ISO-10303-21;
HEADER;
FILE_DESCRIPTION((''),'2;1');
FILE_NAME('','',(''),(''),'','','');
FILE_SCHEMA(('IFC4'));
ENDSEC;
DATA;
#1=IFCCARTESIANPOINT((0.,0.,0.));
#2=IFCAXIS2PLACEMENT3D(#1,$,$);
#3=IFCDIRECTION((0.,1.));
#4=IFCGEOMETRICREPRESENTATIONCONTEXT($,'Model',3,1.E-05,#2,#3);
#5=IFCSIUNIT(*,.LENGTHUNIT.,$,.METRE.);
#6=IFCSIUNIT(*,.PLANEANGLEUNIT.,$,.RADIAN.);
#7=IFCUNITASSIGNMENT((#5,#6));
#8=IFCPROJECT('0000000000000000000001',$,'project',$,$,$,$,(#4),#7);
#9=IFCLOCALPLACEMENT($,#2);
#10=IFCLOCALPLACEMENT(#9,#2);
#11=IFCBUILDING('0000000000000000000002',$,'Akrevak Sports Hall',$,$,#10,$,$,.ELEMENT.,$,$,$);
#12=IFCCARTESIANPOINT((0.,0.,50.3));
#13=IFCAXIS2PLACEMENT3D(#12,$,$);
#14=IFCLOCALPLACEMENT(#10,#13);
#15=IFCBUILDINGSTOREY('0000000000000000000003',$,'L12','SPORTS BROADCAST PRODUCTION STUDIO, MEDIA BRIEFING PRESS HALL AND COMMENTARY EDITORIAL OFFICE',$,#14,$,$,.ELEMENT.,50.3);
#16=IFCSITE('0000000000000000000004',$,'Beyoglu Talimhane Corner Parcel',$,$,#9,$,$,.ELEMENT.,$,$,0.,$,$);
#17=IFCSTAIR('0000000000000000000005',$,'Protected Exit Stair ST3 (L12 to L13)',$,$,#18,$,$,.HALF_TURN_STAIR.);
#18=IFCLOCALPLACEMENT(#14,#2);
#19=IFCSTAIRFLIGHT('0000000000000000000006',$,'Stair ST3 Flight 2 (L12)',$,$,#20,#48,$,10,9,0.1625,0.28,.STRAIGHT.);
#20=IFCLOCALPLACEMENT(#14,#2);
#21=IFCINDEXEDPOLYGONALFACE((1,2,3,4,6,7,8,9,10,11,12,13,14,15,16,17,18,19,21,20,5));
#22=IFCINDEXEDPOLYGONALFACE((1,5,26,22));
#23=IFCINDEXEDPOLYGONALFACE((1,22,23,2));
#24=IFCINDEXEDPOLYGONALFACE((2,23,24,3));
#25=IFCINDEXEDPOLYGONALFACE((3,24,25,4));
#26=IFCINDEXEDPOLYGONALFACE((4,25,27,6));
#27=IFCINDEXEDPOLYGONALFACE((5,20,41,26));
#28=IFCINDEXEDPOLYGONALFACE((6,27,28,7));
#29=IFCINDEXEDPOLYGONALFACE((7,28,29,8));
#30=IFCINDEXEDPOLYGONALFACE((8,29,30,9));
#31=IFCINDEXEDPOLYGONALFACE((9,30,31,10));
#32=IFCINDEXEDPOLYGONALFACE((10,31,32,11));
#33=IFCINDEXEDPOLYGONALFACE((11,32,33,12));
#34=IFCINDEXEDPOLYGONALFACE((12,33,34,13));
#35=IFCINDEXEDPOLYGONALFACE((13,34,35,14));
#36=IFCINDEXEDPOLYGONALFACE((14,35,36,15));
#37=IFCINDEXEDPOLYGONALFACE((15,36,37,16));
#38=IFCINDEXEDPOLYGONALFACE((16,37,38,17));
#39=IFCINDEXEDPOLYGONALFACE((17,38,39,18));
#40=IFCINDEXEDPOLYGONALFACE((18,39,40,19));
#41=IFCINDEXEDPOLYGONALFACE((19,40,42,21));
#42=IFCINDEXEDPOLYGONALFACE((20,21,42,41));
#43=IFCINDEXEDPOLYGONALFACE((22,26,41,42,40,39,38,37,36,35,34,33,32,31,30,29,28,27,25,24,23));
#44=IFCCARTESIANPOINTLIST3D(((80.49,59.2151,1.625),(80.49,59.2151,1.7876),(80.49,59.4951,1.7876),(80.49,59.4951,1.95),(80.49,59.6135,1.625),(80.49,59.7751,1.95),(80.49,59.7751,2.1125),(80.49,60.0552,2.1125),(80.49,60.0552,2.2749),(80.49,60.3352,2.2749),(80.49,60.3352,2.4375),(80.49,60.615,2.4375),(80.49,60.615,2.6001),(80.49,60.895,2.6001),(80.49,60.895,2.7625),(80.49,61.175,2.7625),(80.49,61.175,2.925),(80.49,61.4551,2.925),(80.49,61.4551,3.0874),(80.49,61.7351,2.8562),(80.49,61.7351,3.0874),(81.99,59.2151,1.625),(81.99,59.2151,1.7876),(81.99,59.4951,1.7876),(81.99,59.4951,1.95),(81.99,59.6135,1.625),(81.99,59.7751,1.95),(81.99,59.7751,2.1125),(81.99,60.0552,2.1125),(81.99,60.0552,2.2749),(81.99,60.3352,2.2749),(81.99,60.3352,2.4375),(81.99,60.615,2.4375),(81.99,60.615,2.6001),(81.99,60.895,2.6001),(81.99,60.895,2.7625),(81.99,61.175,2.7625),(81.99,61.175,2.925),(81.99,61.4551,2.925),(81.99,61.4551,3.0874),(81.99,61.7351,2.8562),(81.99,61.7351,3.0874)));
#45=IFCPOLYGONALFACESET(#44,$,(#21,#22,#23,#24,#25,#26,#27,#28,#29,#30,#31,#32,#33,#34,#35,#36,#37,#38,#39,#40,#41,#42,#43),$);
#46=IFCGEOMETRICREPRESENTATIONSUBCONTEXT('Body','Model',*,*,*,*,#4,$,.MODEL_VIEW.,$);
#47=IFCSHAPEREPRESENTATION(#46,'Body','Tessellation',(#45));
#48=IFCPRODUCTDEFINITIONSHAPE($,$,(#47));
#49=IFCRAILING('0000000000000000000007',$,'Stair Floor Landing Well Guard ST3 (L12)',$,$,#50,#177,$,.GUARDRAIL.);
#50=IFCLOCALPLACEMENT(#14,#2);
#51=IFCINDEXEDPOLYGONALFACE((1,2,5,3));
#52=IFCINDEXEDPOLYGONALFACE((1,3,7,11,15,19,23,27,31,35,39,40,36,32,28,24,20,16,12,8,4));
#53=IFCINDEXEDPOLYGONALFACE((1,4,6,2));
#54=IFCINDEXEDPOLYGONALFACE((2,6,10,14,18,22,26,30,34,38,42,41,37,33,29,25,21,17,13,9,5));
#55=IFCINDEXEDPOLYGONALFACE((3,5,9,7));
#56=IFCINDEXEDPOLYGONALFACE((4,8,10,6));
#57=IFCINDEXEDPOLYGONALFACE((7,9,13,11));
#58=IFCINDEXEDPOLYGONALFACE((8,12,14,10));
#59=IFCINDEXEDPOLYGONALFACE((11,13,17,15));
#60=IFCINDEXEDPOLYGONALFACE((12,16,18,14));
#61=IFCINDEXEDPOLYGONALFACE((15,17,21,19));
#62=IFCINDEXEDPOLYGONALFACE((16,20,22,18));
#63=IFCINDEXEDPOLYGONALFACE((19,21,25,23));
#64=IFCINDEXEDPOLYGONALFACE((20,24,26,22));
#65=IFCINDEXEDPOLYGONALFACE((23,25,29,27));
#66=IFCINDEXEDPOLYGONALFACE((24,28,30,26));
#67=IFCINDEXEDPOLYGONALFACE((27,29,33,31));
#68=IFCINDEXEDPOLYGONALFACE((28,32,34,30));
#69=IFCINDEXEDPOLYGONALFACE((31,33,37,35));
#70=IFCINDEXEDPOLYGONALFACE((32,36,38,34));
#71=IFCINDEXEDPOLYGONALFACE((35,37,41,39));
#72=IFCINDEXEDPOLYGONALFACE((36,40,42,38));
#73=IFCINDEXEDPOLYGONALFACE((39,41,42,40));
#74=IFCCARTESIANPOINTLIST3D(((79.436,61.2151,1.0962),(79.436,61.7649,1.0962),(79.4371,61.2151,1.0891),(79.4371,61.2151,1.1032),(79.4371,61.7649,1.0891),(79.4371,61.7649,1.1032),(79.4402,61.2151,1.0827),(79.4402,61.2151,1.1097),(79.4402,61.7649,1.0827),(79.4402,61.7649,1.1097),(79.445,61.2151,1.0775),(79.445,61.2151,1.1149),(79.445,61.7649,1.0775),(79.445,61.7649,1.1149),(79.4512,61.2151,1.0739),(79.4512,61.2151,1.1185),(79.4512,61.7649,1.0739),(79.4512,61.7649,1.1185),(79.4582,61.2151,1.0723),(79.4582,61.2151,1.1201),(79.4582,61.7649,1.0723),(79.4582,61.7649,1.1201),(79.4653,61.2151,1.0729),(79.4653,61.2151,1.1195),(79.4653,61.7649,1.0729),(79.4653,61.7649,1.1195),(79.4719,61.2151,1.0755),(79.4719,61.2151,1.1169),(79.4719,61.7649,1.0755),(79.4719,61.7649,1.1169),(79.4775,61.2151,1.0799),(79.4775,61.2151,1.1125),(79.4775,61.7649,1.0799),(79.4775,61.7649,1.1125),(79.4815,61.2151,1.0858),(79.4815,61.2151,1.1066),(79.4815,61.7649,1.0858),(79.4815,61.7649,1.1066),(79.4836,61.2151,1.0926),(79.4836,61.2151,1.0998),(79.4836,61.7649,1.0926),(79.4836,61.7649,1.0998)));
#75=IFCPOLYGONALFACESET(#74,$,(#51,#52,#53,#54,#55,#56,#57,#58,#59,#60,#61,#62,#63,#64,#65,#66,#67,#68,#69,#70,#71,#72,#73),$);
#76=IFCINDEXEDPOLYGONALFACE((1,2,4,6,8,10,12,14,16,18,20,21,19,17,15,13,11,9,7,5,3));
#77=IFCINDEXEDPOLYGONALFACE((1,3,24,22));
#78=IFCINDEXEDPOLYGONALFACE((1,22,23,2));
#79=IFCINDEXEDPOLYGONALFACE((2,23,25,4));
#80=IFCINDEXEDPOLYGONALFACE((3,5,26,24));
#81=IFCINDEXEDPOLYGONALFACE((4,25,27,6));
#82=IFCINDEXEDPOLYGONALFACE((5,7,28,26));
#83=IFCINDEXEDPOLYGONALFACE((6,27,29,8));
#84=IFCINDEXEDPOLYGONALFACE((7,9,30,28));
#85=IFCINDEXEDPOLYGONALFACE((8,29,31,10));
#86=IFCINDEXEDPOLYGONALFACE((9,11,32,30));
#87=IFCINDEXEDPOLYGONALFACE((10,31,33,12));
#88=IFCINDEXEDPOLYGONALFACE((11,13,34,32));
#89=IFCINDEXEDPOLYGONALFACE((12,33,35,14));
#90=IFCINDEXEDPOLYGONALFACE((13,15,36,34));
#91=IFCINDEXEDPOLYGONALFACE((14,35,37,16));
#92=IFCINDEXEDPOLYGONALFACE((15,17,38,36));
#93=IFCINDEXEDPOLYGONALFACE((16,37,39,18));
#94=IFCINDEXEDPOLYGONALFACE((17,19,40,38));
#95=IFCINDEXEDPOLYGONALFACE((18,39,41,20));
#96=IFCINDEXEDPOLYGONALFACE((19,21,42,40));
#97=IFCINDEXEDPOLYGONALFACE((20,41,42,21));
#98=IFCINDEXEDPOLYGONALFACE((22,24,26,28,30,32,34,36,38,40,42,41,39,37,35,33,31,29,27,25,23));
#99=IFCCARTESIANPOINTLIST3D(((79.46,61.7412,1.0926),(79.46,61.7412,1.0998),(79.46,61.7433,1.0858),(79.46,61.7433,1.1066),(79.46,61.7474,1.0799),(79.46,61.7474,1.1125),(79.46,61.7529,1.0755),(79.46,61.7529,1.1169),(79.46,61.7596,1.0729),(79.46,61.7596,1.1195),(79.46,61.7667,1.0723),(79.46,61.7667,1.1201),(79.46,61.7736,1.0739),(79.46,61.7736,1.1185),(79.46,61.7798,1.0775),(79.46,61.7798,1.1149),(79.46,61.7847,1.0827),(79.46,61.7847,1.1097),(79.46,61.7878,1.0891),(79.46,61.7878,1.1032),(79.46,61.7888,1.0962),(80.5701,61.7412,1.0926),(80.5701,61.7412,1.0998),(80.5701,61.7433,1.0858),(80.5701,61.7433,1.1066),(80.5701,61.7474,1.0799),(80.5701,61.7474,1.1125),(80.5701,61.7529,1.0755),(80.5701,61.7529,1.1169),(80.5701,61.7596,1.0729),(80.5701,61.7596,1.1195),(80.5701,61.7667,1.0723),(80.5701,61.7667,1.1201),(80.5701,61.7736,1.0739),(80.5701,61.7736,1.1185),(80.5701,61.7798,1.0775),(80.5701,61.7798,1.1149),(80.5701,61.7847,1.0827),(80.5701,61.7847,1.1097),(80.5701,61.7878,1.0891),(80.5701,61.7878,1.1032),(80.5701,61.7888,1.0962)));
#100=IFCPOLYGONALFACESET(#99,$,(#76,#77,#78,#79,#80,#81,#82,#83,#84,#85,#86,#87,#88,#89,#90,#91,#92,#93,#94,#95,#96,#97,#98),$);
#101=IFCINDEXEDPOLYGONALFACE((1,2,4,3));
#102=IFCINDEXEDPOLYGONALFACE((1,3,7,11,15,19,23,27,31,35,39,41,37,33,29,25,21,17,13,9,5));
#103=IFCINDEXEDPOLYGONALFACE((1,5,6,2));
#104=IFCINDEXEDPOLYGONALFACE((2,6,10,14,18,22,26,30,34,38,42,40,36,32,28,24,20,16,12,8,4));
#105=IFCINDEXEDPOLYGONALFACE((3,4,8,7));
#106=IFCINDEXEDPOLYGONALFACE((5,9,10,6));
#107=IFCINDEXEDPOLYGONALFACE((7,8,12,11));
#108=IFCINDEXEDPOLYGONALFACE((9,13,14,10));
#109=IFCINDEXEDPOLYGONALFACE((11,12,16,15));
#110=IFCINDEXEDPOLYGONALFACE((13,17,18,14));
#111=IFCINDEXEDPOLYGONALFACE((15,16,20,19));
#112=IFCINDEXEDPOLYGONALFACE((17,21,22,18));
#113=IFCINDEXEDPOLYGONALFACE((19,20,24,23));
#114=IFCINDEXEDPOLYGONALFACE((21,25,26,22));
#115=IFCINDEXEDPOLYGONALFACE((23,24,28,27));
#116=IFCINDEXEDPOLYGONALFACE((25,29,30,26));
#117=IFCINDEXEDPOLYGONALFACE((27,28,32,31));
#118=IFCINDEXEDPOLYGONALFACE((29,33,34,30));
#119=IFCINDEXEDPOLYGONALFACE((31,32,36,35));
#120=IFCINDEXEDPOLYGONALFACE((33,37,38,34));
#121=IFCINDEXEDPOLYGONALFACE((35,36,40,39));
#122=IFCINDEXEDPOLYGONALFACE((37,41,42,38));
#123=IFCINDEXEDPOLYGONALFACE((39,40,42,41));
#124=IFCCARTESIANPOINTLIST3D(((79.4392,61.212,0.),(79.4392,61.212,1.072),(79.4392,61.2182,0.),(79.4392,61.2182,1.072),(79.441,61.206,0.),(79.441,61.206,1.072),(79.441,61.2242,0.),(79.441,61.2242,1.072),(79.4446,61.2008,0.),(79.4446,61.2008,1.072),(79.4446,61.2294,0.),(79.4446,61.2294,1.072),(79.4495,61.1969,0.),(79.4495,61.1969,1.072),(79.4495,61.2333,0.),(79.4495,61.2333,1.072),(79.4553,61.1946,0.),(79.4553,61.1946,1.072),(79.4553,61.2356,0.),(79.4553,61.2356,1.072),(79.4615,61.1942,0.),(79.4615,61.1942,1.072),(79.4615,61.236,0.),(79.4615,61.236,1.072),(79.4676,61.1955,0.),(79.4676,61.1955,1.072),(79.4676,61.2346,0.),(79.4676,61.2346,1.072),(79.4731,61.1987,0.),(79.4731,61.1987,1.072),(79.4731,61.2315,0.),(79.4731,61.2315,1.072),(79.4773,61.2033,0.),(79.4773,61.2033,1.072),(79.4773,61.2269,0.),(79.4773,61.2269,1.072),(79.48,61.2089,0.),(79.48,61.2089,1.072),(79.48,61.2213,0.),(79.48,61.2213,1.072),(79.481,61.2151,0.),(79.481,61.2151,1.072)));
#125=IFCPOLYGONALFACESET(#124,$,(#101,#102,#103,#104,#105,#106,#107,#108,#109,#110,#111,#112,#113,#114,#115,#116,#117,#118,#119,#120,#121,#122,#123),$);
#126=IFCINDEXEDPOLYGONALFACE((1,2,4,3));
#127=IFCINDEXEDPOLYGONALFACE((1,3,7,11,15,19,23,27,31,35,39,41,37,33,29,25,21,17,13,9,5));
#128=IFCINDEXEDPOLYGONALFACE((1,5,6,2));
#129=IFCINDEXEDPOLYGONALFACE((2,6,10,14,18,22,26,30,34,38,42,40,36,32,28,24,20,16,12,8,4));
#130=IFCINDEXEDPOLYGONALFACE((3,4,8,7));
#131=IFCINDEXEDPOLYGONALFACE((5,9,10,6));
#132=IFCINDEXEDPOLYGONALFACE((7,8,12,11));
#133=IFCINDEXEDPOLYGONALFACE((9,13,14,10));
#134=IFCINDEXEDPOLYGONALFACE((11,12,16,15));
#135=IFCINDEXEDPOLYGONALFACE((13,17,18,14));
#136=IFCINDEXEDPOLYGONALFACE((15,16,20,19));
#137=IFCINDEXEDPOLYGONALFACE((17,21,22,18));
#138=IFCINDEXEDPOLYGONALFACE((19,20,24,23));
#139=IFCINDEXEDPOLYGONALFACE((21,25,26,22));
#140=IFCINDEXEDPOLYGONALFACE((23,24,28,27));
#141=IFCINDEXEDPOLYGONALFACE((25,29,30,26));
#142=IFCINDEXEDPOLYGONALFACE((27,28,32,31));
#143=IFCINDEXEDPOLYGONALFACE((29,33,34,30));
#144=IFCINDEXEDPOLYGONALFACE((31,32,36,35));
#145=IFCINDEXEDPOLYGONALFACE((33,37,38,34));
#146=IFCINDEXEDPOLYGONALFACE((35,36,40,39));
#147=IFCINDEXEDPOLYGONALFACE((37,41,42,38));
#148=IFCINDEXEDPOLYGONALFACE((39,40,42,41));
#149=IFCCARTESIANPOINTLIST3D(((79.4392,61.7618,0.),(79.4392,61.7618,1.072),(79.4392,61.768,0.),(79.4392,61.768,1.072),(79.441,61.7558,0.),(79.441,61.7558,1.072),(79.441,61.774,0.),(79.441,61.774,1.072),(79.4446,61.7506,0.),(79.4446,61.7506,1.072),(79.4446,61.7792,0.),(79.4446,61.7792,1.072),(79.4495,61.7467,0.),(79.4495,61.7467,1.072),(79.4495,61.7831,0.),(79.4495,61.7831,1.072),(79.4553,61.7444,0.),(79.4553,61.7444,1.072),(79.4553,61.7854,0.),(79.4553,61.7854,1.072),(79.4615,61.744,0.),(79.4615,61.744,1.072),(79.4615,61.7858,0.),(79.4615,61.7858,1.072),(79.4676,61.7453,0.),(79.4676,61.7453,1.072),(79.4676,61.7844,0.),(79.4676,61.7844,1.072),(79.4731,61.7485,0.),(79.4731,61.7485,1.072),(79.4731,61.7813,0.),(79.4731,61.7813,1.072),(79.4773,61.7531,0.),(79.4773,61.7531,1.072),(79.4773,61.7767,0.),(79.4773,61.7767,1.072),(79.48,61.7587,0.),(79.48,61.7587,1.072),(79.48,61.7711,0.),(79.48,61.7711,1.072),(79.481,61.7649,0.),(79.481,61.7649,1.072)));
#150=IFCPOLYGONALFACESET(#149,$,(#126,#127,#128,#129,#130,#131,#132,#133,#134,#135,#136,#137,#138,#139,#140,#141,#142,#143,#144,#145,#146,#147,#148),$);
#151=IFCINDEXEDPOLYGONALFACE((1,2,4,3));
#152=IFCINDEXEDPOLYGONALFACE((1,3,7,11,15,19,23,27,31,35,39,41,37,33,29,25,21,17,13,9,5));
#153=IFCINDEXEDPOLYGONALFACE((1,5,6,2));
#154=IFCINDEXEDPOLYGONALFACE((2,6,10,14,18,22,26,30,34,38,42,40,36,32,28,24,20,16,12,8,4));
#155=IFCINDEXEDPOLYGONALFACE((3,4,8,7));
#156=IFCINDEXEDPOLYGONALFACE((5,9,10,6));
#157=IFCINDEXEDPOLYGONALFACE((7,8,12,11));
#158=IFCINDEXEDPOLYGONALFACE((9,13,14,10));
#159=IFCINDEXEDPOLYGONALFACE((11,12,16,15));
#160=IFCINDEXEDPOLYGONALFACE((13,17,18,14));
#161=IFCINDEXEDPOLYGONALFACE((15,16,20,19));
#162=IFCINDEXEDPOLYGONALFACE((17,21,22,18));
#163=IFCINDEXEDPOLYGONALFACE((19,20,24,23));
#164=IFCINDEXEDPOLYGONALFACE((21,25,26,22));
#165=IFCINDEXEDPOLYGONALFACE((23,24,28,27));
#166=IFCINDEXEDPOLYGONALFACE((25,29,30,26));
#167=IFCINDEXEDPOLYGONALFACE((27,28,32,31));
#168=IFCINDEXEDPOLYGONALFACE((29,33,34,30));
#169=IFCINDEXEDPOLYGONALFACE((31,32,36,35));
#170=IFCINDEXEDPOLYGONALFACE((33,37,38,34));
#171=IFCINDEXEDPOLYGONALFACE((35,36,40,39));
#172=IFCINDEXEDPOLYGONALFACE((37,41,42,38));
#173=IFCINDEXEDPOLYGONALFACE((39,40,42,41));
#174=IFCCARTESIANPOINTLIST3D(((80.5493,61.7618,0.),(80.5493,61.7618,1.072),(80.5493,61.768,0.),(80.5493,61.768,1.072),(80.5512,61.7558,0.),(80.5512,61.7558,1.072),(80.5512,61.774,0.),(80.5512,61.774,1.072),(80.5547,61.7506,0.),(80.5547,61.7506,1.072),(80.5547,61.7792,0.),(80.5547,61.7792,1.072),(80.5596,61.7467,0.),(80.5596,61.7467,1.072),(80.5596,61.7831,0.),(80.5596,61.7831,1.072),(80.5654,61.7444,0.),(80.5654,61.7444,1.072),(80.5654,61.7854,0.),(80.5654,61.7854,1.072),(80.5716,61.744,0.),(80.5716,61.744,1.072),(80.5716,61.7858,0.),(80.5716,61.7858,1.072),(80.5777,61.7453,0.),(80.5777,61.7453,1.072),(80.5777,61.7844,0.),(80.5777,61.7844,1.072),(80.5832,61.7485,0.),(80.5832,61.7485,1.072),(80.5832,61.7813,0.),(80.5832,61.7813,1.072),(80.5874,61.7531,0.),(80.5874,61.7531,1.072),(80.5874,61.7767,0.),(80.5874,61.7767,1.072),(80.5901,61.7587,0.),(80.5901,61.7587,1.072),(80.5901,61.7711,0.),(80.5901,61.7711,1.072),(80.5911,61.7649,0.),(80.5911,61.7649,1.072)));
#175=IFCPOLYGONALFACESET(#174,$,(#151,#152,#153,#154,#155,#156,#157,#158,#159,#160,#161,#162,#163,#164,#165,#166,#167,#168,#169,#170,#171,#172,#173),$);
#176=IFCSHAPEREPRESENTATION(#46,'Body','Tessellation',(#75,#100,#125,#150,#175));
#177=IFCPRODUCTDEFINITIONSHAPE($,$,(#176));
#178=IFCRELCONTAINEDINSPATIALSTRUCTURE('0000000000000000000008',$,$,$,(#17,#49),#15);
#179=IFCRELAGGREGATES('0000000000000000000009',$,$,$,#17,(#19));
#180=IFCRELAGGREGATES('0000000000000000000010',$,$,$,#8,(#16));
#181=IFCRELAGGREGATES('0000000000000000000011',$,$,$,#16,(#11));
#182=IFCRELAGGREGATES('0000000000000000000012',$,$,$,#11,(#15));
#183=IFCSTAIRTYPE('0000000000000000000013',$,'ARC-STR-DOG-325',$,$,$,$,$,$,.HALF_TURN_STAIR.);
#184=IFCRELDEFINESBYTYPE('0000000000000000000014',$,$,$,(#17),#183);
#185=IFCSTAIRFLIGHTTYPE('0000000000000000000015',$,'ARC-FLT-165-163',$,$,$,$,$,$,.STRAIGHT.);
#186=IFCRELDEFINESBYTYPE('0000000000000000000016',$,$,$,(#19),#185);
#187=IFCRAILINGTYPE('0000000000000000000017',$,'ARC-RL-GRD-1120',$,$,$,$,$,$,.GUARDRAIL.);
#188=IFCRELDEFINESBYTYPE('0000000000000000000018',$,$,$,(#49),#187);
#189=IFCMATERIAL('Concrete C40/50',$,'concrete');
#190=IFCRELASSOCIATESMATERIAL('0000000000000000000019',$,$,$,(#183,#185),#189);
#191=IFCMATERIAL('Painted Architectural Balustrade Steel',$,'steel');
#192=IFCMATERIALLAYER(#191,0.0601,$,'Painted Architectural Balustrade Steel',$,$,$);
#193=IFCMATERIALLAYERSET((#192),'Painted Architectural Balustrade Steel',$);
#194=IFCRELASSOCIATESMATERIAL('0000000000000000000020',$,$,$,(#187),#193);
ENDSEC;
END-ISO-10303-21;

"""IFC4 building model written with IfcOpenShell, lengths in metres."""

from ifc_helpers import new_model, si_unit, direction, frame, origin, origin_2d, place, context, subcontext, project, spatial, polyline, circle, outline, extrude, material, layer, layer_set, type_object, element, aggregate, save


model = new_model("IFC4")

# Units and contexts
model_context = context("Model", 3, precision=1e-05, world=origin(), true_north=direction((0.0, 1.0)))
body_context = subcontext(model_context, "Body", "Model", "MODEL_VIEW")
ifc_project = project(units=[si_unit("LENGTHUNIT", "METRE"), si_unit("PLANEANGLEUNIT", "RADIAN")], contexts=[model_context])

# Site, building, storey
site_placement = place(None, origin())
site = spatial("IfcSite", under=ifc_project, at=site_placement, Name="Beyoglu Talimhane Corner Parcel", CompositionType="ELEMENT", RefElevation=0.0)
building_placement = place(site_placement, origin())
building = spatial("IfcBuilding", under=site, at=building_placement, Name="Akrevak Sports Hall", CompositionType="ELEMENT")
storey_placement = place(building_placement, frame((0.0, 0.0, 50.3)))
storey = spatial("IfcBuildingStorey", under=building, at=storey_placement, Name="L12", Description="SPORTS BROADCAST PRODUCTION STUDIO, MEDIA BRIEFING PRESS HALL AND COMMENTARY EDITORIAL OFFICE", CompositionType="ELEMENT", Elevation=50.3)

# Shared definitions
ifc_material_1 = material(Name="Concrete C40/50", Category="concrete")

# Stair, stair flight
stair_type = type_object("IfcStairType", Name="ARC-STR-DOG-325", PredefinedType="HALF_TURN_STAIR", material=ifc_material_1)
stair_placement = place(storey_placement, origin())
stair = element("IfcStair", 1, at=stair_placement, inside=storey, type_object=stair_type, Name="Protected Exit Stair ST3 (L12 to L13)", PredefinedType="HALF_TURN_STAIR")
stair_flight_type = type_object("IfcStairFlightType", Name="ARC-FLT-165-163", PredefinedType="STRAIGHT", material=ifc_material_1)
stair_flight_1_placement = place(storey_placement, frame((81.24, 59.2151, 1.625), z_axis=(0.0, 0.0, 1.0), x_axis=(0.0, 1.0, 0.0)))
stair_flight_1 = element("IfcStairFlight", 2, at=stair_flight_1_placement, type_object=stair_flight_type, Name="Stair ST3 Flight 2 (L12)", NumberOfRisers=10, NumberOfTreads=9, PredefinedType="STRAIGHT", RiserHeight=0.1625, TreadLength=0.28, context=body_context, shape_type="SweptSolid", body=[
    extrude(outline(polyline([(0.0, 0.0), (0.0, 0.1626), (0.28, 0.1626), (0.28, 0.325), (0.5601, 0.325), (0.5601, 0.4875), (0.8401, 0.4875), (0.8401, 0.6499), (1.1201, 0.6499), (1.1201, 0.8125), (1.3999, 0.8125), (1.3999, 0.9751), (1.6799, 0.9751), (1.6799, 1.1375), (1.96, 1.1375), (1.96, 1.3), (2.24, 1.3), (2.24, 1.4624), (2.52, 1.4624), (2.52, 1.625), (2.52, 1.2312), (0.3984, 0.0), (0.0, 0.0)])), frame((0.0, 0.75, 0.0), z_axis=(0.0, -1.0, 0.0), x_axis=(1.0, 0.0, 0.0)), (0.0, 0.0, 1.0), 1.5),
])
aggregate(stair, [stair_flight_1])

# Railing
ifc_material_2 = material(Name="Painted Architectural Balustrade Steel", Category="steel")
ifc_layer_1 = layer(ifc_material_2, 0.0601, Name="Painted Architectural Balustrade Steel")
ifc_layer_set_1 = layer_set([ifc_layer_1], Name="Painted Architectural Balustrade Steel")
railing_type_1 = type_object("IfcRailingType", Name="ARC-RL-GRD-1120", PredefinedType="GUARDRAIL", material=ifc_layer_set_1)
railing_1_placement = place(storey_placement, frame((79.46, 61.2151, 0.0)))
element("IfcRailing", 3, at=railing_1_placement, inside=storey, type_object=railing_type_1, Name="Stair Floor Landing Well Guard ST3 (L12)", PredefinedType="GUARDRAIL", context=body_context, shape_type="SweptSolid", body=[
    extrude(circle(Radius=0.0239, at=origin_2d()), frame((0.0, 0.0, 1.0962), z_axis=(0.0, 1.0, 0.0), x_axis=(-1.0, 0.0, 0.0)), (0.0, 0.0, 1.0), 0.5498),
    extrude(circle(Radius=0.0239, at=origin_2d()), frame((0.0, 0.5498, 1.0962), z_axis=(1.0, 0.0, 0.0), x_axis=(0.0, 1.0, 0.0)), (0.0, 0.0, 1.0), 1.1101),
    extrude(circle(Radius=0.021, at=origin_2d()), origin(), (0.0, 0.0, 1.0), 1.072),
    extrude(circle(Radius=0.021, at=origin_2d()), frame((0.0, 0.5498, 0.0)), (0.0, 0.0, 1.0), 1.072),
    extrude(circle(Radius=0.021, at=origin_2d()), frame((1.1101, 0.5498, 0.0)), (0.0, 0.0, 1.0), 1.072),
])

save(model, "model.ifc")
